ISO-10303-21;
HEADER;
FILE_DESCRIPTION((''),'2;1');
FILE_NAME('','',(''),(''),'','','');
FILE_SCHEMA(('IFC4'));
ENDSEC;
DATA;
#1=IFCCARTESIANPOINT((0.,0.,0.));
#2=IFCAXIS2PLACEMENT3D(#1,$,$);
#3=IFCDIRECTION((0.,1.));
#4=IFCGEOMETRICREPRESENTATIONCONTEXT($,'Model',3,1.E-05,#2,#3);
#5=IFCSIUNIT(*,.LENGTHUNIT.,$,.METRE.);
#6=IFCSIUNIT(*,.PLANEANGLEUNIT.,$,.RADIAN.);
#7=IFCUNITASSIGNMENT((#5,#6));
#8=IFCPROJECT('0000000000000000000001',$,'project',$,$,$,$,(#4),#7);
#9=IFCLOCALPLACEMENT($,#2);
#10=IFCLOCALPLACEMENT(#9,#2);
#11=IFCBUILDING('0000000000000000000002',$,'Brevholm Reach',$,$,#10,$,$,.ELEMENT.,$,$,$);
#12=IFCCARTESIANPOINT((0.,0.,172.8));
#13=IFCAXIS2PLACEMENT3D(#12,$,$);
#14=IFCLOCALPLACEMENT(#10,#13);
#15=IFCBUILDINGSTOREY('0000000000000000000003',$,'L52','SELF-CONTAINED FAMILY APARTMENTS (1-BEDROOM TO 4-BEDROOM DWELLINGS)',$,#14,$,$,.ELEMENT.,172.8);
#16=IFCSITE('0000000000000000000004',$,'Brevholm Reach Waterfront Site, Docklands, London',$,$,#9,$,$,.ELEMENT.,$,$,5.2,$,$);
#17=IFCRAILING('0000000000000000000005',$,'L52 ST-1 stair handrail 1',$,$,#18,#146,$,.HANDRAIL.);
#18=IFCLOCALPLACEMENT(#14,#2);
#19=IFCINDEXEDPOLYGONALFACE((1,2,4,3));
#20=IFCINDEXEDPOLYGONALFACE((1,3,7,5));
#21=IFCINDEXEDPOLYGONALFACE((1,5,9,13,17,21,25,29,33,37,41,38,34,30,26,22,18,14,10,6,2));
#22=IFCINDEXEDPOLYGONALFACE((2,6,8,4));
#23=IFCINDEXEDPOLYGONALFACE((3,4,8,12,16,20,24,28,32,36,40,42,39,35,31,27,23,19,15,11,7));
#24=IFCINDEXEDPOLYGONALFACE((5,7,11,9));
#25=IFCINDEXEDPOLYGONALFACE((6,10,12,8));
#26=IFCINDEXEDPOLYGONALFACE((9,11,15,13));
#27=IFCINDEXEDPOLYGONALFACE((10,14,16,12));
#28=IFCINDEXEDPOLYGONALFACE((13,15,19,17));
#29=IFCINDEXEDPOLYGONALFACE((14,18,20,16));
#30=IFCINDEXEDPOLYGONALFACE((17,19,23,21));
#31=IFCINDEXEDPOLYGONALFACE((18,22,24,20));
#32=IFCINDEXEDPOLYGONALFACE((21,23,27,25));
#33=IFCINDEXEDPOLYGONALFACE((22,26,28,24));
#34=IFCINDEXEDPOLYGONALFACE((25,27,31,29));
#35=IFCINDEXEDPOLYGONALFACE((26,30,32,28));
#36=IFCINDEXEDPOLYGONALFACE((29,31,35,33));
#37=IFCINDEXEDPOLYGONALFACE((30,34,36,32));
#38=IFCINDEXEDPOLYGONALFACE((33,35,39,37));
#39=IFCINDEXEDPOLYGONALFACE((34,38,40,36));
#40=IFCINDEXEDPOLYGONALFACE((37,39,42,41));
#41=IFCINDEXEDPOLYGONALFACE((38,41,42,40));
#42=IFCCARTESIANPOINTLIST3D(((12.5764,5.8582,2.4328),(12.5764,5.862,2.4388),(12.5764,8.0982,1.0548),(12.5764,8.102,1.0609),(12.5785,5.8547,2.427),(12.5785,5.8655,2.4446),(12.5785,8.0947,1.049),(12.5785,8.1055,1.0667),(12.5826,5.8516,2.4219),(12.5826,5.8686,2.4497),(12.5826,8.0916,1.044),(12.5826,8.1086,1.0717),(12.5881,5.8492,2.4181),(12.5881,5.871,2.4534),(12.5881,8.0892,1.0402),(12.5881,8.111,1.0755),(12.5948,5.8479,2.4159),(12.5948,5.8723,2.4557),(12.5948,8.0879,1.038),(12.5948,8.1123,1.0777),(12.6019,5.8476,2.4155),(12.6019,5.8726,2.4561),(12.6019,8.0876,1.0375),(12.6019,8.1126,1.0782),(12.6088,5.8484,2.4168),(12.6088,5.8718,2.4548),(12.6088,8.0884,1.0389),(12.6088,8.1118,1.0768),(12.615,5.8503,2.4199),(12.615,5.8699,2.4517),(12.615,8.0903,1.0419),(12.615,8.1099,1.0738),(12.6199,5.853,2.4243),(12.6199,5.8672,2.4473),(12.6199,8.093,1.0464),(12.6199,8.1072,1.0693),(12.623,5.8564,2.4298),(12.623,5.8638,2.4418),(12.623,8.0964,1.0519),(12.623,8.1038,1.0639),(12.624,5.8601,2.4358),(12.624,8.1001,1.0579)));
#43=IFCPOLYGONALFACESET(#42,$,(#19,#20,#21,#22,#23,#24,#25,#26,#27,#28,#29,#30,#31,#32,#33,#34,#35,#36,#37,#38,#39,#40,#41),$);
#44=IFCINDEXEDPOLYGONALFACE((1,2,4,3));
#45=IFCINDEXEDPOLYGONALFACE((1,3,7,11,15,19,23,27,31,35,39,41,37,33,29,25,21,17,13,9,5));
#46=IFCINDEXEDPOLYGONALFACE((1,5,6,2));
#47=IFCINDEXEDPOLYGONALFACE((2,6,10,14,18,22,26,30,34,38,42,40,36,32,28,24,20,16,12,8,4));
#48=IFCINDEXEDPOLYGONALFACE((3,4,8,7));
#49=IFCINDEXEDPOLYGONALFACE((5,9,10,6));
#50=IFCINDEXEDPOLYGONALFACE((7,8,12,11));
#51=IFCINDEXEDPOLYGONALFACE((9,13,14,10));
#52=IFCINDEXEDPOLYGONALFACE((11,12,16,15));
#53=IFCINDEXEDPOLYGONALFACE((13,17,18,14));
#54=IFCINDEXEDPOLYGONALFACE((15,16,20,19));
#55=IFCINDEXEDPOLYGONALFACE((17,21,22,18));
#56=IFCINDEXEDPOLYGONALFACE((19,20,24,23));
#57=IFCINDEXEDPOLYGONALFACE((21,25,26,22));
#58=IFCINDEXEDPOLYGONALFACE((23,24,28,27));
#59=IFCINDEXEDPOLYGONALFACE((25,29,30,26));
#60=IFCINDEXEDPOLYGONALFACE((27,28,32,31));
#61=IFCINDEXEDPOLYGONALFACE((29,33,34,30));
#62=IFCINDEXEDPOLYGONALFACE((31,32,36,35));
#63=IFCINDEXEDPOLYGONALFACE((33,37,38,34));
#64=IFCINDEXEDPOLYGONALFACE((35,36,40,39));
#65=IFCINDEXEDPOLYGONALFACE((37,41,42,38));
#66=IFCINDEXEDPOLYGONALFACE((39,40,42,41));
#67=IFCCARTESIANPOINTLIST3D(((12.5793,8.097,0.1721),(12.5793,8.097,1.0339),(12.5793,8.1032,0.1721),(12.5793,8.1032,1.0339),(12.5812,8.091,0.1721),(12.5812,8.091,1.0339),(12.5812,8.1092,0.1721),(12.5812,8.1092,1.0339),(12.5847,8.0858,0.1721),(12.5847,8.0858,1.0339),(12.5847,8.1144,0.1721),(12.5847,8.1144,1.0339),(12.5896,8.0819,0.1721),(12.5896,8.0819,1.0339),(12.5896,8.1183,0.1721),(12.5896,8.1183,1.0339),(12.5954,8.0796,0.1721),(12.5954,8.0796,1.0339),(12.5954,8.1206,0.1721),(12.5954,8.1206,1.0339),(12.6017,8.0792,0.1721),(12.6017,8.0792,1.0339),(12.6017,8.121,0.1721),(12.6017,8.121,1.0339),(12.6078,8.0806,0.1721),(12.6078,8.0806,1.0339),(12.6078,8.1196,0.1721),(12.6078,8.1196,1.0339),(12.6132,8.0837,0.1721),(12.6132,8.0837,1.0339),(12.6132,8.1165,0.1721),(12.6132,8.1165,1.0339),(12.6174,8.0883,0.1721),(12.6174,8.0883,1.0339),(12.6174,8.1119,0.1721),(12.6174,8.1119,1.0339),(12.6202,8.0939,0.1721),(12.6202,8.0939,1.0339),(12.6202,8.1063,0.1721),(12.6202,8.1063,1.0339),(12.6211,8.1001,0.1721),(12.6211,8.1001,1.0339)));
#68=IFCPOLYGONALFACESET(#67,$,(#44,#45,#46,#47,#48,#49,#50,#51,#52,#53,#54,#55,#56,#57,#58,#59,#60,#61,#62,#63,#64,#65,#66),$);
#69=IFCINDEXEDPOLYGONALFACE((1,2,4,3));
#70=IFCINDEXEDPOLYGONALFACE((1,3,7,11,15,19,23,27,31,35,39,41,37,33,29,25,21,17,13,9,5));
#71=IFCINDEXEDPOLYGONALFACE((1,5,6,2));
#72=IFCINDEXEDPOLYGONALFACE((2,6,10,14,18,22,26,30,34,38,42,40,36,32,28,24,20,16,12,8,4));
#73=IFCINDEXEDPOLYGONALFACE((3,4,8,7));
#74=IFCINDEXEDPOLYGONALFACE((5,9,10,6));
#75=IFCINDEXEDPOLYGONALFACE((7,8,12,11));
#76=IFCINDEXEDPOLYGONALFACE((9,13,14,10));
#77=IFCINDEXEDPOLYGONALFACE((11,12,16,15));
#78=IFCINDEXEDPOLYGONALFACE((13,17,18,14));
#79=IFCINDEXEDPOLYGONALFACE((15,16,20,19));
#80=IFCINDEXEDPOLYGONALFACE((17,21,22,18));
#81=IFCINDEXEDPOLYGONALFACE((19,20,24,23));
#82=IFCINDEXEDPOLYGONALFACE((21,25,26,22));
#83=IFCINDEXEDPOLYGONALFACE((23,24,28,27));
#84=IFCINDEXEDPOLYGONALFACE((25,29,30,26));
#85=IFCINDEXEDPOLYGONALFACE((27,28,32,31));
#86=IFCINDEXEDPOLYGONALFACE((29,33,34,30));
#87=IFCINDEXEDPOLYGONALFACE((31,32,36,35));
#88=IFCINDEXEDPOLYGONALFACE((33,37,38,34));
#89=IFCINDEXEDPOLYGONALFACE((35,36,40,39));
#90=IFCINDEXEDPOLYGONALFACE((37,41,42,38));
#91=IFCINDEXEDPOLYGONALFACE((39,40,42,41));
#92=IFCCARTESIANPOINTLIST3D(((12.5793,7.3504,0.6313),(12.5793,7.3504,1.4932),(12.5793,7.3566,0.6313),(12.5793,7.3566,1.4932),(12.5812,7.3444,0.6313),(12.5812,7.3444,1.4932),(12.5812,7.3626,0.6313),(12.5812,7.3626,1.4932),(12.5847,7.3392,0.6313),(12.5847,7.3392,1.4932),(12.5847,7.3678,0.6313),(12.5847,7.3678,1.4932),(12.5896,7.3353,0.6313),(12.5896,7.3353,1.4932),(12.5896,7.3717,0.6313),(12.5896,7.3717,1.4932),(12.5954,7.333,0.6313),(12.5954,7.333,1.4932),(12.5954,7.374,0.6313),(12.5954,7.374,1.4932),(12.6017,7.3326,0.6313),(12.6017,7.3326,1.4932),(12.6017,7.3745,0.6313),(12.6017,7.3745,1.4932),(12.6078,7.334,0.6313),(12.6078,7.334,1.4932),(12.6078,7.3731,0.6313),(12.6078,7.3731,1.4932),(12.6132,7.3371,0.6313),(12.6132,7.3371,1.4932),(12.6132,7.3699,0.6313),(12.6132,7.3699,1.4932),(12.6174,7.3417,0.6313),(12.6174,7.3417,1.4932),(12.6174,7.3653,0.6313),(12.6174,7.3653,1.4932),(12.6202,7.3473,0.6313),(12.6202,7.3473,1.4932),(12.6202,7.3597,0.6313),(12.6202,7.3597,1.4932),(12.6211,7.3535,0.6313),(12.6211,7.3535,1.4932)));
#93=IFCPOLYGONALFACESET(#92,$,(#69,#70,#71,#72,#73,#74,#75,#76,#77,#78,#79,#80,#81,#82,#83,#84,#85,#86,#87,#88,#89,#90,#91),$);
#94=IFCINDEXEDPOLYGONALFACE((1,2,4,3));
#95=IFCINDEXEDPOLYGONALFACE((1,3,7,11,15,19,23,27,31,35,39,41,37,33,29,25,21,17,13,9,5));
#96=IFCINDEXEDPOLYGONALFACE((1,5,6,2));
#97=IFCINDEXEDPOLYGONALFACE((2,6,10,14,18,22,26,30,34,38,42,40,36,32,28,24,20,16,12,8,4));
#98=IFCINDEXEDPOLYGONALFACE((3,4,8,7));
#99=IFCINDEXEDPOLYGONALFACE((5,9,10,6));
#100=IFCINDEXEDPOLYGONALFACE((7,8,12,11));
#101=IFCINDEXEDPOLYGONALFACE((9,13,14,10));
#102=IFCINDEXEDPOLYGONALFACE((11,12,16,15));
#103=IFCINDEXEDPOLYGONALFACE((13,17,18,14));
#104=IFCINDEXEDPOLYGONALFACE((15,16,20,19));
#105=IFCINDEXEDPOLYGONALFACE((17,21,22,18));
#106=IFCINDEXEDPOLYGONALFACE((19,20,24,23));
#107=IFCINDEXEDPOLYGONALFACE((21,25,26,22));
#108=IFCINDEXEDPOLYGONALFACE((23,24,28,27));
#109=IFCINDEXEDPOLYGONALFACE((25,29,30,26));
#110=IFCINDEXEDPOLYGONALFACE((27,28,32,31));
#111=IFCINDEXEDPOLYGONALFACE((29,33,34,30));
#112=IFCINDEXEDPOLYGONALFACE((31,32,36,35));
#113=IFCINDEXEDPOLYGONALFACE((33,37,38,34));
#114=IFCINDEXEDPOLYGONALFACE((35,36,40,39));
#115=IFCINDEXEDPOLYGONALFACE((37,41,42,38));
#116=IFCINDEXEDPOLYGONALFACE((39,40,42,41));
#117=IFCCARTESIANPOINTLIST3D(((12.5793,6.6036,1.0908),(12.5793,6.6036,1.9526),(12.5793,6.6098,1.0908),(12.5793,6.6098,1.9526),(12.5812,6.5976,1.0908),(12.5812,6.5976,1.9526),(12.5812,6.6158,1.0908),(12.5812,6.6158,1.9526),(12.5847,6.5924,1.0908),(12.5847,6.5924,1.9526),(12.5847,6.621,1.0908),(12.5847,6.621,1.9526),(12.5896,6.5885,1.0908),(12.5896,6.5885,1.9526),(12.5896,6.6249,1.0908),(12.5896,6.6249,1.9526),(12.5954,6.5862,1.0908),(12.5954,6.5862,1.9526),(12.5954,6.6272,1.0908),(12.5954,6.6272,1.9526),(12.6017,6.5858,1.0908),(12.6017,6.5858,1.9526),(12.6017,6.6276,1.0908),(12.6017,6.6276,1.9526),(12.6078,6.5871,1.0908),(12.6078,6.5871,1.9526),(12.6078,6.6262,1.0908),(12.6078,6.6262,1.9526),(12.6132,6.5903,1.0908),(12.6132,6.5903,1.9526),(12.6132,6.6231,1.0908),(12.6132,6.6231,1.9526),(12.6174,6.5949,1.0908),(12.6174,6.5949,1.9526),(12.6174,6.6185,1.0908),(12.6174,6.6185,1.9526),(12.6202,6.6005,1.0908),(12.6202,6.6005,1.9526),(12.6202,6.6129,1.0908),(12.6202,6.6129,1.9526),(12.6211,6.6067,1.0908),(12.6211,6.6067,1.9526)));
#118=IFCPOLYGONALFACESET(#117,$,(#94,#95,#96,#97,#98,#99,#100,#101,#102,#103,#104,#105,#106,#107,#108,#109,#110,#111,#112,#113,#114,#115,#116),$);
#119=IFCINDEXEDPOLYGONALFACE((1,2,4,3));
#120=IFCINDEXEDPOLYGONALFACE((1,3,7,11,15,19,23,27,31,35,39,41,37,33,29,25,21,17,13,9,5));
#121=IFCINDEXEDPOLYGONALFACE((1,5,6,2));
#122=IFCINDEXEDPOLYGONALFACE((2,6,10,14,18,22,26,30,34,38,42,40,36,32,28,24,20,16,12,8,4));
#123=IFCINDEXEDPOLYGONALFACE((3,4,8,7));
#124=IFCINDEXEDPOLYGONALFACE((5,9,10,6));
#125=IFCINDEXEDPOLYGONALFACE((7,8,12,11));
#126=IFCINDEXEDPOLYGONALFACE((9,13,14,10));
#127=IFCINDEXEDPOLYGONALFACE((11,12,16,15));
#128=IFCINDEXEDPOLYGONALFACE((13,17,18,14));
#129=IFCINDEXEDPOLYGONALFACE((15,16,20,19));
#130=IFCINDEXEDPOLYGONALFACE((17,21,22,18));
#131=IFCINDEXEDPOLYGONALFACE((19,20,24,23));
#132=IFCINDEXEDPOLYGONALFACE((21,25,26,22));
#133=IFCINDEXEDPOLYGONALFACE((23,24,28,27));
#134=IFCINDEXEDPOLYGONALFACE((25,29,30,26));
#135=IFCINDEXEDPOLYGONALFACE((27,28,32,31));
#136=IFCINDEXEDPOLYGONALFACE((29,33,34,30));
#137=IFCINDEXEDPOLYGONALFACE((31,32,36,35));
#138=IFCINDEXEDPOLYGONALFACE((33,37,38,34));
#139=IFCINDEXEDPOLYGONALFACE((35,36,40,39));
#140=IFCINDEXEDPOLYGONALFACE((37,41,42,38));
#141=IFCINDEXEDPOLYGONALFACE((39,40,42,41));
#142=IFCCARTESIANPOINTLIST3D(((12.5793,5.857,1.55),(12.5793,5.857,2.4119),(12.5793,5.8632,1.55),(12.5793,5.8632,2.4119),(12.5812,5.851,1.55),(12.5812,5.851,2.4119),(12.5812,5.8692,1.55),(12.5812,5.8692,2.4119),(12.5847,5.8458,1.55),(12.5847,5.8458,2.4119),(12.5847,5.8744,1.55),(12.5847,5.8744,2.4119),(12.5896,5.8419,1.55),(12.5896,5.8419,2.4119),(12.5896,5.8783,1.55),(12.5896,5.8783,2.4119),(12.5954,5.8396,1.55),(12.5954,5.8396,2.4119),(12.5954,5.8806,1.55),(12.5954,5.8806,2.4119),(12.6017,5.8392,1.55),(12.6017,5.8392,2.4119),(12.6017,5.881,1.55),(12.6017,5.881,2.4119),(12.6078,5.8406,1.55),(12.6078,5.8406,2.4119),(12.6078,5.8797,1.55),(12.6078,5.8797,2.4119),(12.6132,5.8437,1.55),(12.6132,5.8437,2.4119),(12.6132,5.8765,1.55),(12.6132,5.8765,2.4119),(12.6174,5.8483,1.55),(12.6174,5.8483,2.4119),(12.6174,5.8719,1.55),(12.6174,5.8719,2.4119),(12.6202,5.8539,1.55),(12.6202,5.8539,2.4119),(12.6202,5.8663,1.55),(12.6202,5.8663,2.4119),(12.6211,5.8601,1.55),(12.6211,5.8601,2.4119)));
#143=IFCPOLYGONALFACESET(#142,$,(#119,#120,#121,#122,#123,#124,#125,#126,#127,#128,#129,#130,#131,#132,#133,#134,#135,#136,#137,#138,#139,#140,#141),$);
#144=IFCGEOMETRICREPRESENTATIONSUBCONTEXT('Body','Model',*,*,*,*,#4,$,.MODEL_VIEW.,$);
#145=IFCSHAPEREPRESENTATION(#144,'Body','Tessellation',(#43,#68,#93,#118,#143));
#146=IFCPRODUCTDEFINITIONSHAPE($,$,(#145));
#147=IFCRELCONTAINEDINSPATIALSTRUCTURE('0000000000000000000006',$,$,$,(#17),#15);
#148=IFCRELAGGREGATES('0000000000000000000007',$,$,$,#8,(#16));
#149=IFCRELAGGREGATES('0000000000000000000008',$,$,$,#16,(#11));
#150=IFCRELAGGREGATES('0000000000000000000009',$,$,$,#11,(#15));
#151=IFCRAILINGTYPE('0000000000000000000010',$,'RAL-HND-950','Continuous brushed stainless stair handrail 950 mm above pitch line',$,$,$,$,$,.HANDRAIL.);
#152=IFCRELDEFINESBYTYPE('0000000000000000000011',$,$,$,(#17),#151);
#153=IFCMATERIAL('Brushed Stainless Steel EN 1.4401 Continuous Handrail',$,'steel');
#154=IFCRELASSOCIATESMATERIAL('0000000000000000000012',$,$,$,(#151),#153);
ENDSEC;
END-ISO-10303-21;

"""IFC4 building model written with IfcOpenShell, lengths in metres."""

from ifc_helpers import new_model, si_unit, direction, frame, origin, origin_2d, place, context, subcontext, project, spatial, circle, extrude, material, type_object, element, save


model = new_model("IFC4")

# Units and contexts
model_context = context("Model", 3, precision=1e-05, world=origin(), true_north=direction((0.0, 1.0)))
body_context = subcontext(model_context, "Body", "Model", "MODEL_VIEW")
ifc_project = project(units=[si_unit("LENGTHUNIT", "METRE"), si_unit("PLANEANGLEUNIT", "RADIAN")], contexts=[model_context])

# Site, building, storey
site_placement = place(None, origin())
site = spatial("IfcSite", under=ifc_project, at=site_placement, Name="Brevholm Reach Waterfront Site, Docklands, London", CompositionType="ELEMENT", RefElevation=5.2)
building_placement = place(site_placement, origin())
building = spatial("IfcBuilding", under=site, at=building_placement, Name="Brevholm Reach", CompositionType="ELEMENT")
storey_placement = place(building_placement, frame((0.0, 0.0, 172.8)))
storey = spatial("IfcBuildingStorey", under=building, at=storey_placement, Name="L52", Description="SELF-CONTAINED FAMILY APARTMENTS (1-BEDROOM TO 4-BEDROOM DWELLINGS)", CompositionType="ELEMENT", Elevation=172.8)

# Railing
ifc_material_1 = material(Name="Brushed Stainless Steel EN 1.4401 Continuous Handrail", Category="steel")
railing_type_1 = type_object("IfcRailingType", Name="RAL-HND-950", Description="Continuous brushed stainless stair handrail 950 mm above pitch line", PredefinedType="HANDRAIL", material=ifc_material_1)
railing_1_placement = place(storey_placement, frame((12.6001, 8.1001, 0.1721)))
element("IfcRailing", 1, at=railing_1_placement, inside=storey, type_object=railing_type_1, Name="L52 ST-1 stair handrail 1", PredefinedType="HANDRAIL", context=body_context, shape_type="SweptSolid", body=[
    extrude(circle(Radius=0.0239, at=origin_2d()), frame((0.0, 0.0, 0.8857), z_axis=(0.0, -0.851748, 0.523952), x_axis=(1.0, 0.0, 0.0)), (0.0, 0.0, 1.0), 2.6299),
    extrude(circle(Radius=0.021, at=origin_2d()), origin(), (0.0, 0.0, 1.0), 0.8618),
    extrude(circle(Radius=0.021, at=origin_2d()), frame((0.0, -0.7466, 0.4592)), (0.0, 0.0, 1.0), 0.8618),
    extrude(circle(Radius=0.021, at=origin_2d()), frame((0.0, -1.4934, 0.9187)), (0.0, 0.0, 1.0), 0.8618),
    extrude(circle(Radius=0.021, at=origin_2d()), frame((0.0, -2.24, 1.3779)), (0.0, 0.0, 1.0), 0.8618),
])

save(model, "model.ifc")
